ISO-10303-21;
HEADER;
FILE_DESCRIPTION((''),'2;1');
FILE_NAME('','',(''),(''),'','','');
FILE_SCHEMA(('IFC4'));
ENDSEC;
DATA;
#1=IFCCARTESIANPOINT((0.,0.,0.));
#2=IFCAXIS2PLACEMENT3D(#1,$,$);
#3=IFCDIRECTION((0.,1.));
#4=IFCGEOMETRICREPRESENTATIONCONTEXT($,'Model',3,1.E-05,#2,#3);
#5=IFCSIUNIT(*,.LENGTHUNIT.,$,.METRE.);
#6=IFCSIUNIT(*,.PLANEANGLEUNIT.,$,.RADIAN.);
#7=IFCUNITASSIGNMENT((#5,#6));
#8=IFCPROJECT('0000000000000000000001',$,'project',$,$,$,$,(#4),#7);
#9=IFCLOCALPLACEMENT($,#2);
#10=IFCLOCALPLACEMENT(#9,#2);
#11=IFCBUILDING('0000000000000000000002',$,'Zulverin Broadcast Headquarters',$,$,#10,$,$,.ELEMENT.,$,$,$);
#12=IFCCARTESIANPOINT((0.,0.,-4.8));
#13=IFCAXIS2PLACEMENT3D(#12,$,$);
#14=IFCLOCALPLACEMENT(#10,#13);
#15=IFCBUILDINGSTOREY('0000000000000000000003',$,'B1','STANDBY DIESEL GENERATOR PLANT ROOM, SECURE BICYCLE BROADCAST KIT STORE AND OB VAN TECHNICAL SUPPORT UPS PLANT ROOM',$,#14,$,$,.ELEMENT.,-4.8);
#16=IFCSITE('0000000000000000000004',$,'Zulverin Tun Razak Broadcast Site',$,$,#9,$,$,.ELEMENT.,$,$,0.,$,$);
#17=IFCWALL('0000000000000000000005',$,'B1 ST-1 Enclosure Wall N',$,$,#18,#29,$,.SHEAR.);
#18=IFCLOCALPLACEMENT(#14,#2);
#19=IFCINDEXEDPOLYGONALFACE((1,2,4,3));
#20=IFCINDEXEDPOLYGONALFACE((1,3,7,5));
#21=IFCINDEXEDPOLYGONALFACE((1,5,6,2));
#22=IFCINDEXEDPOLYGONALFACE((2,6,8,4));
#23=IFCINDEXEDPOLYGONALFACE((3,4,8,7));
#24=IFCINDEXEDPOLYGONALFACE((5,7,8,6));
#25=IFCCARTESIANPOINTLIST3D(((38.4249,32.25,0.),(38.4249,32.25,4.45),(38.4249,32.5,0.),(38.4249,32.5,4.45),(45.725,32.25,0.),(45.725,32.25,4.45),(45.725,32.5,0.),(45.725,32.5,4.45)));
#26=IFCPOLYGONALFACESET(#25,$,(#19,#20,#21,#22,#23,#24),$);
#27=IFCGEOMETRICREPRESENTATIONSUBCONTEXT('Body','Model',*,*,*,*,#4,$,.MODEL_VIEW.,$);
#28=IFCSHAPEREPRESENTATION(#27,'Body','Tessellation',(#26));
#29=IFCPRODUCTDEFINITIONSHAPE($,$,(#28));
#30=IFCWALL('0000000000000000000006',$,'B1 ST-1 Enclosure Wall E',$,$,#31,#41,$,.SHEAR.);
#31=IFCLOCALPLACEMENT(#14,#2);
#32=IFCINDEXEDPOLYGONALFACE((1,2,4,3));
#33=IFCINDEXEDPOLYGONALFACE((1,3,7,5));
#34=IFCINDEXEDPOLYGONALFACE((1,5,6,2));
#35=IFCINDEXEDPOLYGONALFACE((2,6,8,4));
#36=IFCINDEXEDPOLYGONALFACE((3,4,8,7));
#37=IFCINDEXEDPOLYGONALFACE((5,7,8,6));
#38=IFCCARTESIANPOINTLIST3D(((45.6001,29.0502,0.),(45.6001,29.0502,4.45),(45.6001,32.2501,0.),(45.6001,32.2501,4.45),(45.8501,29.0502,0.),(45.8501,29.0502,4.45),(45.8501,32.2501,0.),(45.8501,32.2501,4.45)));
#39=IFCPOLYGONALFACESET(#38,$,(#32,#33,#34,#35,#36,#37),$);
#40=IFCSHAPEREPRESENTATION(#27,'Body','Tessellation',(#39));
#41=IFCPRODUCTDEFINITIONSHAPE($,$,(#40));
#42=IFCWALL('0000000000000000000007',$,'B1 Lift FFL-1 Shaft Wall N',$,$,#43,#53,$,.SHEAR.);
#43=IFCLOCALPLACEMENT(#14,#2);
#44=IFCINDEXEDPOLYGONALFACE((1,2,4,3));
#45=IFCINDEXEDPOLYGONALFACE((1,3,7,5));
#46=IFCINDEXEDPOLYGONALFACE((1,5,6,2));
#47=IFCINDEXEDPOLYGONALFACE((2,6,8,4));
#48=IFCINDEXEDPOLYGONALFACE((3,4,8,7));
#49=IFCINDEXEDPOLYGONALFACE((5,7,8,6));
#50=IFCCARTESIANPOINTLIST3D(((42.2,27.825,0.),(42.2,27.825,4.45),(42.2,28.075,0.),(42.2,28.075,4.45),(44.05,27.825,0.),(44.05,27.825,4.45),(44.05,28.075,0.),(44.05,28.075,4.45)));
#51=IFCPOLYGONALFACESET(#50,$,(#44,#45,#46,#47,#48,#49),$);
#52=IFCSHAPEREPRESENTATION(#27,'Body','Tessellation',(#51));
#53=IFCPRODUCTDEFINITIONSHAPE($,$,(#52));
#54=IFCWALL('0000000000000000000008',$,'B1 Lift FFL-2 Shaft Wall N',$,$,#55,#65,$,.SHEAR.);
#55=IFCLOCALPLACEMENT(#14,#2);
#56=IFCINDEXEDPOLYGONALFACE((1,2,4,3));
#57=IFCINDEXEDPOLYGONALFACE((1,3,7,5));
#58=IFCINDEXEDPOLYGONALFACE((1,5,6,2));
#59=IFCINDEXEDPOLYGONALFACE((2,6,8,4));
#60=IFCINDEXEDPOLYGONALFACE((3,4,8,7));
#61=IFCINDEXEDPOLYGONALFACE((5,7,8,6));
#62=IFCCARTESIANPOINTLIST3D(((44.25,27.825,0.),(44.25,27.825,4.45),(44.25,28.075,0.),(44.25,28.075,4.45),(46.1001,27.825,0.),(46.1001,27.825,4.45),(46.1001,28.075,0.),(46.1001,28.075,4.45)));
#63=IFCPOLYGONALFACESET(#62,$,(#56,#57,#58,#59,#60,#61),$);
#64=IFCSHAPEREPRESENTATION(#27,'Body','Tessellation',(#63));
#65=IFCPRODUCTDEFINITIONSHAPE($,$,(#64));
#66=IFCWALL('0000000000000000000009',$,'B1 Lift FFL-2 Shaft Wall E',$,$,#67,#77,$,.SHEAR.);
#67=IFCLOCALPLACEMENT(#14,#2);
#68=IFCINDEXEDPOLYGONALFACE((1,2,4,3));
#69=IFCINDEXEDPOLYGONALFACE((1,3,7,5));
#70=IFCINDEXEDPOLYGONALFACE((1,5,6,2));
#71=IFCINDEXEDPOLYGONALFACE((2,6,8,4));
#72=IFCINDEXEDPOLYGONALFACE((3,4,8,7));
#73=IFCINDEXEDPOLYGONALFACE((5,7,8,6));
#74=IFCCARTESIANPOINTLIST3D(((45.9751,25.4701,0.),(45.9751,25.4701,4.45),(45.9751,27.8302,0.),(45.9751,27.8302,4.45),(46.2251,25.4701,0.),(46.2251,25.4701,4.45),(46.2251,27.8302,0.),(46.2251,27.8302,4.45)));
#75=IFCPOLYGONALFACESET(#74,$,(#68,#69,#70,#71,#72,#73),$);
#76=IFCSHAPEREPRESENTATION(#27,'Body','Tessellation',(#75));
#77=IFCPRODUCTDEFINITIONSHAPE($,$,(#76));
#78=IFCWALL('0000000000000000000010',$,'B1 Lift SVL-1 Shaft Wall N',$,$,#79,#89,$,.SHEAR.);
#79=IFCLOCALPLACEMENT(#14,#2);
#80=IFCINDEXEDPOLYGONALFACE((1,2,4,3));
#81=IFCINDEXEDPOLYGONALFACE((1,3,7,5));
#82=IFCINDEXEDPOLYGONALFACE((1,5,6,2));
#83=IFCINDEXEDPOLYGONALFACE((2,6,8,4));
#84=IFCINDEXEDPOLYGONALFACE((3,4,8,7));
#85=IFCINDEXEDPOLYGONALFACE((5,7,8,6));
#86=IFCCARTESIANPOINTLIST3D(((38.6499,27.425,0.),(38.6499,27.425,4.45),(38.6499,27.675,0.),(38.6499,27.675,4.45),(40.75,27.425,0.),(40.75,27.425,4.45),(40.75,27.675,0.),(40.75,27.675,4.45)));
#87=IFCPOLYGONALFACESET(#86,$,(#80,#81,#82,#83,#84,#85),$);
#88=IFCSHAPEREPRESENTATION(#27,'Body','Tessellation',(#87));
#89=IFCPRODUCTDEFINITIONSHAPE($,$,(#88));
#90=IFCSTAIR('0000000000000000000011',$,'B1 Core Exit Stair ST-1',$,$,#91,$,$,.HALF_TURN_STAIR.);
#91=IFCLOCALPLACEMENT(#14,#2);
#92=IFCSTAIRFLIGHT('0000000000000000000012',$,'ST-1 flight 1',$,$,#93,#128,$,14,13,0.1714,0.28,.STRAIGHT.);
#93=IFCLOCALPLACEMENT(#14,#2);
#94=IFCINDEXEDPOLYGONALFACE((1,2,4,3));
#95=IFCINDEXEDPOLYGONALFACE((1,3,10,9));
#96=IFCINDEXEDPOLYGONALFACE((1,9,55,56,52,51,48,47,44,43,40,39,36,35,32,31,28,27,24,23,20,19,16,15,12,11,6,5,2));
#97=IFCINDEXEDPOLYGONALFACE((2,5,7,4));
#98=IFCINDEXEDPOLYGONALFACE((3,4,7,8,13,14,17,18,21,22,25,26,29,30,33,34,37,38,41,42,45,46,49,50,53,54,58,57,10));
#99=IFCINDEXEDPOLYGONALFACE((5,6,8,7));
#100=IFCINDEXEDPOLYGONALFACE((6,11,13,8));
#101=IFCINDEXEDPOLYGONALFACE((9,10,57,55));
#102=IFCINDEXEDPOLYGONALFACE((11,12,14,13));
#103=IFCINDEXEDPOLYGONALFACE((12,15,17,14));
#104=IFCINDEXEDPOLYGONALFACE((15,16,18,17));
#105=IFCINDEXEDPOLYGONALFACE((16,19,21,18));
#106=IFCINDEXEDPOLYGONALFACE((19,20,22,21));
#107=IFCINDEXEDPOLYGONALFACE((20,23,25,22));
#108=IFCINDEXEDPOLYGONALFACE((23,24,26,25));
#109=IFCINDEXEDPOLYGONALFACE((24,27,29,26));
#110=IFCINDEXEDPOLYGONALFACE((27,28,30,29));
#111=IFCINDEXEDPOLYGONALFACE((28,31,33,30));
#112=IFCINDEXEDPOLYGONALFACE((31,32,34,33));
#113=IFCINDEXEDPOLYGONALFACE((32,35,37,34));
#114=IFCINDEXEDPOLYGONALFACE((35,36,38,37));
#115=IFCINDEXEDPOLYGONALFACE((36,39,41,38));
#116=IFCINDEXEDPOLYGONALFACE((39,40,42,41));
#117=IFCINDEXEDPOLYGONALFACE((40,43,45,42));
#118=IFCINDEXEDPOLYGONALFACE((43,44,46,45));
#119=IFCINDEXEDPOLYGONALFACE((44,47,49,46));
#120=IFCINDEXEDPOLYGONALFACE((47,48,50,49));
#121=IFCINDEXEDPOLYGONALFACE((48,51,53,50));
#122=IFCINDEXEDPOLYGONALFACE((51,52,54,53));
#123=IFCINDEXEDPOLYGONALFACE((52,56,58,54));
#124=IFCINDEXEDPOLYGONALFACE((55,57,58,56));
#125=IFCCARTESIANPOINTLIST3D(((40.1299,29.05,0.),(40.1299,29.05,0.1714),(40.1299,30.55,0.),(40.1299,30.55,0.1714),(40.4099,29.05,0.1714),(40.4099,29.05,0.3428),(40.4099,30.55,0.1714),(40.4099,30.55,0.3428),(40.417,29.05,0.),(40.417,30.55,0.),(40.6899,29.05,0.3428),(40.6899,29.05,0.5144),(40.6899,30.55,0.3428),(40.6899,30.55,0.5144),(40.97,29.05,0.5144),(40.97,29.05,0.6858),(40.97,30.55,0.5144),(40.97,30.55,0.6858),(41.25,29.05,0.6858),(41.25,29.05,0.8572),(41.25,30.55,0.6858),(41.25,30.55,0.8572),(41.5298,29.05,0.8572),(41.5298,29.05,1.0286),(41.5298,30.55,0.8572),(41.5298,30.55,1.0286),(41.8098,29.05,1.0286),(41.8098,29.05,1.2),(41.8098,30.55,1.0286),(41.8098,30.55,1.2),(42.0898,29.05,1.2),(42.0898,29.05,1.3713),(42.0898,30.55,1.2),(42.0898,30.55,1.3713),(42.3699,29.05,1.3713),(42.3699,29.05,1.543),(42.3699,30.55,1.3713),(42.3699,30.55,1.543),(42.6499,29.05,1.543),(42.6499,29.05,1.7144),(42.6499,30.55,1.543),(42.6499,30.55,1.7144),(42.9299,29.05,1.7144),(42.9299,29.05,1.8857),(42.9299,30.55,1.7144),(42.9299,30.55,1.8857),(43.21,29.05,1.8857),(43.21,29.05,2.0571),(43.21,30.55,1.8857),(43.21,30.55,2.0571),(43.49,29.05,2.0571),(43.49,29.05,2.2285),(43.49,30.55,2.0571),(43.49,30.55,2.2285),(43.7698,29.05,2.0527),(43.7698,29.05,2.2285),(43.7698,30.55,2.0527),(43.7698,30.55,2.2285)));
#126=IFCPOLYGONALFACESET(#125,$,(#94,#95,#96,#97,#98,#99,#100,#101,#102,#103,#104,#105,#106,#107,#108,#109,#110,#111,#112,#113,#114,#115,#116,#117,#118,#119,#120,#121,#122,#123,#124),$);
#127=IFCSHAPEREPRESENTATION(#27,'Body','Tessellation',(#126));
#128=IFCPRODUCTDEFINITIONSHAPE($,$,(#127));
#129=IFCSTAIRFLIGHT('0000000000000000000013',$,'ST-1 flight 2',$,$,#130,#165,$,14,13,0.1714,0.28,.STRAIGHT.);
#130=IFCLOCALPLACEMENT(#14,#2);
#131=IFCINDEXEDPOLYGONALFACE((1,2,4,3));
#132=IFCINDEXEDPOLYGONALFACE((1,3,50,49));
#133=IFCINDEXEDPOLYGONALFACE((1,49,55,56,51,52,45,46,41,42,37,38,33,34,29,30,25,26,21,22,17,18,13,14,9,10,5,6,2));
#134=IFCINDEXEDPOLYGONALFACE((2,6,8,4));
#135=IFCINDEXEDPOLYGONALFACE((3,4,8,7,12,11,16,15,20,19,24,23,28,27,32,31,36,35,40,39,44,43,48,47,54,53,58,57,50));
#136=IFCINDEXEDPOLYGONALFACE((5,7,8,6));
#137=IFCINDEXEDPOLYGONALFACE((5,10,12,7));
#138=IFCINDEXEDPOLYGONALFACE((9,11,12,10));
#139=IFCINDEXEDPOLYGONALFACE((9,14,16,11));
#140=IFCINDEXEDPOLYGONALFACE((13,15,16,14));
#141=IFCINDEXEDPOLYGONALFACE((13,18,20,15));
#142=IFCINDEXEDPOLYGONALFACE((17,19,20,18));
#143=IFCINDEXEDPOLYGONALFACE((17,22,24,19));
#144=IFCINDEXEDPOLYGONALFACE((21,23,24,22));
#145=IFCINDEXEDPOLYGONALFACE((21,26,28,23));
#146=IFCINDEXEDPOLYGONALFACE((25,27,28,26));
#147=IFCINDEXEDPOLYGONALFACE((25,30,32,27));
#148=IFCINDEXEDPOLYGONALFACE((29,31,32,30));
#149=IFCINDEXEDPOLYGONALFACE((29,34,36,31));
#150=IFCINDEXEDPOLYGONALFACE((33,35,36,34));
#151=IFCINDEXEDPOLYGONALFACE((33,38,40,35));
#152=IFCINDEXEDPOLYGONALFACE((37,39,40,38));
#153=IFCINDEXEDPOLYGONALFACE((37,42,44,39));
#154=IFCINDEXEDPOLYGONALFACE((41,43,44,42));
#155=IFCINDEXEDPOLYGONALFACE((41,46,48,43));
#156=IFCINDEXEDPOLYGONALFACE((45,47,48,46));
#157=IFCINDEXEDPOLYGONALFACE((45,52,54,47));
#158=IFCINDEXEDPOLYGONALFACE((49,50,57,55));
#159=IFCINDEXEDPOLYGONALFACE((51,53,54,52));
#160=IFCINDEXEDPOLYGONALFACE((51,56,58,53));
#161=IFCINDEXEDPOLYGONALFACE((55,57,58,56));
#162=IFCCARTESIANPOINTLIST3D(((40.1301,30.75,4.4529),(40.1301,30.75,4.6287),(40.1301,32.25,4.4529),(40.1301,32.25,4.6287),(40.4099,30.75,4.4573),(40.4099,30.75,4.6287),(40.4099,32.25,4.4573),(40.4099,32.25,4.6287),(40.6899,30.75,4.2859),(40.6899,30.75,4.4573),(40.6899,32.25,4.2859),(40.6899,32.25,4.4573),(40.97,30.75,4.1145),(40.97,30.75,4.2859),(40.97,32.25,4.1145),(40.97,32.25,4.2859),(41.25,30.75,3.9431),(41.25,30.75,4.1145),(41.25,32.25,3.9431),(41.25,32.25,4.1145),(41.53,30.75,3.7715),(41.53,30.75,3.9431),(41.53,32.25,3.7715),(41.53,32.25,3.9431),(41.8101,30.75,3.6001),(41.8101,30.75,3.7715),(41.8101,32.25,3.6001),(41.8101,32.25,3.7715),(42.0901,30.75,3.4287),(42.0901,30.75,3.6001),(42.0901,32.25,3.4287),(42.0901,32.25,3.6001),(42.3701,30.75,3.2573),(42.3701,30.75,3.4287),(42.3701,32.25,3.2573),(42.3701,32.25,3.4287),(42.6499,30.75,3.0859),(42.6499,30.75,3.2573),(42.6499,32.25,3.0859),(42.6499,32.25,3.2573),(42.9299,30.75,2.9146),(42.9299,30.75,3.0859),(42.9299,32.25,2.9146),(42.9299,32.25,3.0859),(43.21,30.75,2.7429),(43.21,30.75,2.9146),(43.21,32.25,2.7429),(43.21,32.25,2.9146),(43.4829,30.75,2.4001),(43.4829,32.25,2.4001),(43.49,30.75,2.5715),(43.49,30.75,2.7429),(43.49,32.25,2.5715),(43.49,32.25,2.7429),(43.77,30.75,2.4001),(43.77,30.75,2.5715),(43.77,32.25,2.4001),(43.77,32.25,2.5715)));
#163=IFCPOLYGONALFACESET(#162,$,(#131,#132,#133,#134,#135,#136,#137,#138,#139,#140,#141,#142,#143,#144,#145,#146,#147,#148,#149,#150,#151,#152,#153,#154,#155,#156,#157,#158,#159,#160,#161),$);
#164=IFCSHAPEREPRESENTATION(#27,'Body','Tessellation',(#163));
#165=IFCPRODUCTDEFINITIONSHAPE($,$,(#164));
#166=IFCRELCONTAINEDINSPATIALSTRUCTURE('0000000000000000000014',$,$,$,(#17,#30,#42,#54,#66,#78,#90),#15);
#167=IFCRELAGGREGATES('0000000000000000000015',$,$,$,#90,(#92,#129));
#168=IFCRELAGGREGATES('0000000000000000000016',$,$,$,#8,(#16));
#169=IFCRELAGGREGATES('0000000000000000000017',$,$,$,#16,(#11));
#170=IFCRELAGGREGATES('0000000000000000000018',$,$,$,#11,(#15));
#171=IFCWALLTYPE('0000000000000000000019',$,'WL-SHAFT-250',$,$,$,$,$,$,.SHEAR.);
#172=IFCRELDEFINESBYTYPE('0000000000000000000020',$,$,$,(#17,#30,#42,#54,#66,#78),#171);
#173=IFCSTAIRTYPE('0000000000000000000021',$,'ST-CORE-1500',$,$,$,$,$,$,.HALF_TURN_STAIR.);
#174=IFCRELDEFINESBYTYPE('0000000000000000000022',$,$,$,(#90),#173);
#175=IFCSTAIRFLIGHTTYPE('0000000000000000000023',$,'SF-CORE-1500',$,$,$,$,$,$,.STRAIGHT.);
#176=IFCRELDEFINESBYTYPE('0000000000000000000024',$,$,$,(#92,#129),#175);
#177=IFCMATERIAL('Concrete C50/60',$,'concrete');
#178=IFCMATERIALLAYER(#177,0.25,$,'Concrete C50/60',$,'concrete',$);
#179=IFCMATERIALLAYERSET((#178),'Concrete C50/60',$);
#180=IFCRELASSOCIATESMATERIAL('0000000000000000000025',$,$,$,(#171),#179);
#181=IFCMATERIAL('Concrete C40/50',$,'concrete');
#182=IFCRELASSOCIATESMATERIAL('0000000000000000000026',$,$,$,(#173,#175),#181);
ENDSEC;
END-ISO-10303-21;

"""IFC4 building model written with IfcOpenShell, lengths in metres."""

from ifc_helpers import new_model, si_unit, direction, frame, frame_2d, origin, place, context, subcontext, project, spatial, polyline, rectangle, outline, extrude, material, layer, layer_set, type_object, element, aggregate, save


model = new_model("IFC4")

# Units and contexts
model_context = context("Model", 3, precision=1e-05, world=origin(), true_north=direction((0.0, 1.0)))
body_context = subcontext(model_context, "Body", "Model", "MODEL_VIEW")
ifc_project = project(units=[si_unit("LENGTHUNIT", "METRE"), si_unit("PLANEANGLEUNIT", "RADIAN")], contexts=[model_context])

# Site, building, storey
site_placement = place(None, origin())
site = spatial("IfcSite", under=ifc_project, at=site_placement, Name="Zulverin Tun Razak Broadcast Site", CompositionType="ELEMENT", RefElevation=0.0)
building_placement = place(site_placement, origin())
building = spatial("IfcBuilding", under=site, at=building_placement, Name="Zulverin Broadcast Headquarters", CompositionType="ELEMENT")
storey_placement = place(building_placement, frame((0.0, 0.0, -4.8)))
storey = spatial("IfcBuildingStorey", under=building, at=storey_placement, Name="B1", Description="STANDBY DIESEL GENERATOR PLANT ROOM, SECURE BICYCLE BROADCAST KIT STORE AND OB VAN TECHNICAL SUPPORT UPS PLANT ROOM", CompositionType="ELEMENT", Elevation=-4.8)

# Wall
ifc_material_1 = material(Name="Concrete C50/60", Category="concrete")
ifc_layer_1 = layer(ifc_material_1, 0.25, Name="Concrete C50/60", Category="concrete")
ifc_layer_set_1 = layer_set([ifc_layer_1], Name="Concrete C50/60")
wall_type_1 = type_object("IfcWallType", Name="WL-SHAFT-250", PredefinedType="SHEAR", material=ifc_layer_set_1)
for number, where, z_axis, x_axis, name in (
    (1, (38.425, 32.375, 0.0), (0.0, 0.0, 1.0), (1.0, 0.0, 0.0), "B1 ST-1 Enclosure Wall N"),
):
    element("IfcWall", number, at=place(storey_placement, frame(where, z_axis=z_axis, x_axis=x_axis)), inside=storey, type_object=wall_type_1, Name=name, PredefinedType="SHEAR", context=body_context, shape_type="SweptSolid", body=[
        extrude(rectangle(XDim=7.3, YDim=0.25, at=frame_2d((3.6499, 0.0))), origin(), (0.0, 0.0, 1.0), 4.45),
    ])

# Walls
wall_1_placement = place(storey_placement, frame((45.7251, 29.05, 0.0), z_axis=(0.0, 0.0, 1.0), x_axis=(0.0, 1.0, 0.0)))
element("IfcWall", 2, at=wall_1_placement, inside=storey, type_object=wall_type_1, Name="B1 ST-1 Enclosure Wall E", PredefinedType="SHEAR", context=body_context, shape_type="SweptSolid", body=[
    extrude(rectangle(XDim=3.2, YDim=0.25, at=frame_2d((1.6001, 0.0))), origin(), (0.0, 0.0, 1.0), 4.45),
])
for number, where, z_axis, x_axis, name in (
    (3, (42.2, 27.95, 0.0), (0.0, 0.0, 1.0), (1.0, 0.0, 0.0), "B1 Lift FFL-1 Shaft Wall N"),
    (4, (44.25, 27.95, 0.0), (0.0, 0.0, 1.0), (1.0, 0.0, 0.0), "B1 Lift FFL-2 Shaft Wall N"),
):
    element("IfcWall", number, at=place(storey_placement, frame(where, z_axis=z_axis, x_axis=x_axis)), inside=storey, type_object=wall_type_1, Name=name, PredefinedType="SHEAR", context=body_context, shape_type="SweptSolid", body=[
        extrude(rectangle(XDim=1.8501, YDim=0.25, at=frame_2d((0.925, 0.0))), origin(), (0.0, 0.0, 1.0), 4.45),
    ])
wall_2_placement = place(storey_placement, frame((46.1001, 25.47, 0.0), z_axis=(0.0, 0.0, 1.0), x_axis=(0.0, 1.0, 0.0)))
element("IfcWall", 5, at=wall_2_placement, inside=storey, type_object=wall_type_1, Name="B1 Lift FFL-2 Shaft Wall E", PredefinedType="SHEAR", context=body_context, shape_type="SweptSolid", body=[
    extrude(rectangle(XDim=2.3601, YDim=0.25, at=frame_2d((1.1802, 0.0))), origin(), (0.0, 0.0, 1.0), 4.45),
])
wall_3_placement = place(storey_placement, frame((38.6499, 27.55, 0.0), z_axis=(0.0, 0.0, 1.0), x_axis=(1.0, 0.0, 0.0)))
element("IfcWall", 6, at=wall_3_placement, inside=storey, type_object=wall_type_1, Name="B1 Lift SVL-1 Shaft Wall N", PredefinedType="SHEAR", context=body_context, shape_type="SweptSolid", body=[
    extrude(rectangle(XDim=2.1001, YDim=0.25, at=frame_2d((1.05, 0.0))), origin(), (0.0, 0.0, 1.0), 4.45),
])

# Stair, stair flights
ifc_material_2 = material(Name="Concrete C40/50", Category="concrete")
stair_type = type_object("IfcStairType", Name="ST-CORE-1500", PredefinedType="HALF_TURN_STAIR", material=ifc_material_2)
stair_placement = place(storey_placement, origin())
stair = element("IfcStair", 7, at=stair_placement, inside=storey, type_object=stair_type, Name="B1 Core Exit Stair ST-1", PredefinedType="HALF_TURN_STAIR")
stair_flight_type = type_object("IfcStairFlightType", Name="SF-CORE-1500", PredefinedType="STRAIGHT", material=ifc_material_2)
stair_flight_1_placement = place(storey_placement, frame((40.1299, 29.8, 0.0), z_axis=(0.0, 0.0, 1.0), x_axis=(1.0, 0.0, 0.0)))
stair_flight_1 = element("IfcStairFlight", 8, at=stair_flight_1_placement, type_object=stair_flight_type, Name="ST-1 flight 1", NumberOfRisers=14, NumberOfTreads=13, PredefinedType="STRAIGHT", RiserHeight=0.1714, TreadLength=0.28, context=body_context, shape_type="SweptSolid", body=[
    extrude(outline(polyline([(0.0, 0.0), (0.0, 0.1714), (0.28, 0.1714), (0.28, 0.3428), (0.5601, 0.3428), (0.5601, 0.5144), (0.8401, 0.5144), (0.8401, 0.6858), (1.1201, 0.6858), (1.1201, 0.8572), (1.3999, 0.8572), (1.3999, 1.0286), (1.6799, 1.0286), (1.6799, 1.2), (1.96, 1.2), (1.96, 1.3713), (2.24, 1.3713), (2.24, 1.543), (2.52, 1.543), (2.52, 1.7144), (2.8, 1.7144), (2.8, 1.8857), (3.0801, 1.8857), (3.0801, 2.0571), (3.3601, 2.0571), (3.3601, 2.2285), (3.6399, 2.2285), (3.6399, 2.3999), (3.6399, 2.0527), (0.2871, 0.0), (0.0, 0.0)])), frame((0.0, 0.75, 0.0), z_axis=(0.0, -1.0, 0.0), x_axis=(1.0, 0.0, 0.0)), (0.0, 0.0, 1.0), 1.5),
])
stair_flight_2_placement = place(storey_placement, frame((43.77, 31.5, 2.4001), z_axis=(0.0, 0.0, 1.0), x_axis=(-1.0, 0.0, 0.0)))
stair_flight_2 = element("IfcStairFlight", 9, at=stair_flight_2_placement, type_object=stair_flight_type, Name="ST-1 flight 2", NumberOfRisers=14, NumberOfTreads=13, PredefinedType="STRAIGHT", RiserHeight=0.1714, TreadLength=0.28, context=body_context, shape_type="SweptSolid", body=[
    extrude(outline(polyline([(0.0, 0.0), (0.0, 0.1714), (0.28, 0.1714), (0.28, 0.3428), (0.5601, 0.3428), (0.5601, 0.5144), (0.8401, 0.5144), (0.8401, 0.6858), (1.1201, 0.6858), (1.1201, 0.8572), (1.3999, 0.8572), (1.3999, 1.0286), (1.6799, 1.0286), (1.6799, 1.2), (1.96, 1.2), (1.96, 1.3713), (2.24, 1.3713), (2.24, 1.543), (2.52, 1.543), (2.52, 1.7144), (2.8, 1.7144), (2.8, 1.8857), (3.0801, 1.8857), (3.0801, 2.0571), (3.3601, 2.0571), (3.3601, 2.2285), (3.6399, 2.2285), (3.6399, 2.3999), (3.6399, 2.0527), (0.2871, 0.0), (0.0, 0.0)])), frame((0.0, 0.75, 0.0), z_axis=(0.0, -1.0, 0.0), x_axis=(1.0, 0.0, 0.0)), (0.0, 0.0, 1.0), 1.5),
])
aggregate(stair, [stair_flight_1, stair_flight_2])

save(model, "model.ifc")
